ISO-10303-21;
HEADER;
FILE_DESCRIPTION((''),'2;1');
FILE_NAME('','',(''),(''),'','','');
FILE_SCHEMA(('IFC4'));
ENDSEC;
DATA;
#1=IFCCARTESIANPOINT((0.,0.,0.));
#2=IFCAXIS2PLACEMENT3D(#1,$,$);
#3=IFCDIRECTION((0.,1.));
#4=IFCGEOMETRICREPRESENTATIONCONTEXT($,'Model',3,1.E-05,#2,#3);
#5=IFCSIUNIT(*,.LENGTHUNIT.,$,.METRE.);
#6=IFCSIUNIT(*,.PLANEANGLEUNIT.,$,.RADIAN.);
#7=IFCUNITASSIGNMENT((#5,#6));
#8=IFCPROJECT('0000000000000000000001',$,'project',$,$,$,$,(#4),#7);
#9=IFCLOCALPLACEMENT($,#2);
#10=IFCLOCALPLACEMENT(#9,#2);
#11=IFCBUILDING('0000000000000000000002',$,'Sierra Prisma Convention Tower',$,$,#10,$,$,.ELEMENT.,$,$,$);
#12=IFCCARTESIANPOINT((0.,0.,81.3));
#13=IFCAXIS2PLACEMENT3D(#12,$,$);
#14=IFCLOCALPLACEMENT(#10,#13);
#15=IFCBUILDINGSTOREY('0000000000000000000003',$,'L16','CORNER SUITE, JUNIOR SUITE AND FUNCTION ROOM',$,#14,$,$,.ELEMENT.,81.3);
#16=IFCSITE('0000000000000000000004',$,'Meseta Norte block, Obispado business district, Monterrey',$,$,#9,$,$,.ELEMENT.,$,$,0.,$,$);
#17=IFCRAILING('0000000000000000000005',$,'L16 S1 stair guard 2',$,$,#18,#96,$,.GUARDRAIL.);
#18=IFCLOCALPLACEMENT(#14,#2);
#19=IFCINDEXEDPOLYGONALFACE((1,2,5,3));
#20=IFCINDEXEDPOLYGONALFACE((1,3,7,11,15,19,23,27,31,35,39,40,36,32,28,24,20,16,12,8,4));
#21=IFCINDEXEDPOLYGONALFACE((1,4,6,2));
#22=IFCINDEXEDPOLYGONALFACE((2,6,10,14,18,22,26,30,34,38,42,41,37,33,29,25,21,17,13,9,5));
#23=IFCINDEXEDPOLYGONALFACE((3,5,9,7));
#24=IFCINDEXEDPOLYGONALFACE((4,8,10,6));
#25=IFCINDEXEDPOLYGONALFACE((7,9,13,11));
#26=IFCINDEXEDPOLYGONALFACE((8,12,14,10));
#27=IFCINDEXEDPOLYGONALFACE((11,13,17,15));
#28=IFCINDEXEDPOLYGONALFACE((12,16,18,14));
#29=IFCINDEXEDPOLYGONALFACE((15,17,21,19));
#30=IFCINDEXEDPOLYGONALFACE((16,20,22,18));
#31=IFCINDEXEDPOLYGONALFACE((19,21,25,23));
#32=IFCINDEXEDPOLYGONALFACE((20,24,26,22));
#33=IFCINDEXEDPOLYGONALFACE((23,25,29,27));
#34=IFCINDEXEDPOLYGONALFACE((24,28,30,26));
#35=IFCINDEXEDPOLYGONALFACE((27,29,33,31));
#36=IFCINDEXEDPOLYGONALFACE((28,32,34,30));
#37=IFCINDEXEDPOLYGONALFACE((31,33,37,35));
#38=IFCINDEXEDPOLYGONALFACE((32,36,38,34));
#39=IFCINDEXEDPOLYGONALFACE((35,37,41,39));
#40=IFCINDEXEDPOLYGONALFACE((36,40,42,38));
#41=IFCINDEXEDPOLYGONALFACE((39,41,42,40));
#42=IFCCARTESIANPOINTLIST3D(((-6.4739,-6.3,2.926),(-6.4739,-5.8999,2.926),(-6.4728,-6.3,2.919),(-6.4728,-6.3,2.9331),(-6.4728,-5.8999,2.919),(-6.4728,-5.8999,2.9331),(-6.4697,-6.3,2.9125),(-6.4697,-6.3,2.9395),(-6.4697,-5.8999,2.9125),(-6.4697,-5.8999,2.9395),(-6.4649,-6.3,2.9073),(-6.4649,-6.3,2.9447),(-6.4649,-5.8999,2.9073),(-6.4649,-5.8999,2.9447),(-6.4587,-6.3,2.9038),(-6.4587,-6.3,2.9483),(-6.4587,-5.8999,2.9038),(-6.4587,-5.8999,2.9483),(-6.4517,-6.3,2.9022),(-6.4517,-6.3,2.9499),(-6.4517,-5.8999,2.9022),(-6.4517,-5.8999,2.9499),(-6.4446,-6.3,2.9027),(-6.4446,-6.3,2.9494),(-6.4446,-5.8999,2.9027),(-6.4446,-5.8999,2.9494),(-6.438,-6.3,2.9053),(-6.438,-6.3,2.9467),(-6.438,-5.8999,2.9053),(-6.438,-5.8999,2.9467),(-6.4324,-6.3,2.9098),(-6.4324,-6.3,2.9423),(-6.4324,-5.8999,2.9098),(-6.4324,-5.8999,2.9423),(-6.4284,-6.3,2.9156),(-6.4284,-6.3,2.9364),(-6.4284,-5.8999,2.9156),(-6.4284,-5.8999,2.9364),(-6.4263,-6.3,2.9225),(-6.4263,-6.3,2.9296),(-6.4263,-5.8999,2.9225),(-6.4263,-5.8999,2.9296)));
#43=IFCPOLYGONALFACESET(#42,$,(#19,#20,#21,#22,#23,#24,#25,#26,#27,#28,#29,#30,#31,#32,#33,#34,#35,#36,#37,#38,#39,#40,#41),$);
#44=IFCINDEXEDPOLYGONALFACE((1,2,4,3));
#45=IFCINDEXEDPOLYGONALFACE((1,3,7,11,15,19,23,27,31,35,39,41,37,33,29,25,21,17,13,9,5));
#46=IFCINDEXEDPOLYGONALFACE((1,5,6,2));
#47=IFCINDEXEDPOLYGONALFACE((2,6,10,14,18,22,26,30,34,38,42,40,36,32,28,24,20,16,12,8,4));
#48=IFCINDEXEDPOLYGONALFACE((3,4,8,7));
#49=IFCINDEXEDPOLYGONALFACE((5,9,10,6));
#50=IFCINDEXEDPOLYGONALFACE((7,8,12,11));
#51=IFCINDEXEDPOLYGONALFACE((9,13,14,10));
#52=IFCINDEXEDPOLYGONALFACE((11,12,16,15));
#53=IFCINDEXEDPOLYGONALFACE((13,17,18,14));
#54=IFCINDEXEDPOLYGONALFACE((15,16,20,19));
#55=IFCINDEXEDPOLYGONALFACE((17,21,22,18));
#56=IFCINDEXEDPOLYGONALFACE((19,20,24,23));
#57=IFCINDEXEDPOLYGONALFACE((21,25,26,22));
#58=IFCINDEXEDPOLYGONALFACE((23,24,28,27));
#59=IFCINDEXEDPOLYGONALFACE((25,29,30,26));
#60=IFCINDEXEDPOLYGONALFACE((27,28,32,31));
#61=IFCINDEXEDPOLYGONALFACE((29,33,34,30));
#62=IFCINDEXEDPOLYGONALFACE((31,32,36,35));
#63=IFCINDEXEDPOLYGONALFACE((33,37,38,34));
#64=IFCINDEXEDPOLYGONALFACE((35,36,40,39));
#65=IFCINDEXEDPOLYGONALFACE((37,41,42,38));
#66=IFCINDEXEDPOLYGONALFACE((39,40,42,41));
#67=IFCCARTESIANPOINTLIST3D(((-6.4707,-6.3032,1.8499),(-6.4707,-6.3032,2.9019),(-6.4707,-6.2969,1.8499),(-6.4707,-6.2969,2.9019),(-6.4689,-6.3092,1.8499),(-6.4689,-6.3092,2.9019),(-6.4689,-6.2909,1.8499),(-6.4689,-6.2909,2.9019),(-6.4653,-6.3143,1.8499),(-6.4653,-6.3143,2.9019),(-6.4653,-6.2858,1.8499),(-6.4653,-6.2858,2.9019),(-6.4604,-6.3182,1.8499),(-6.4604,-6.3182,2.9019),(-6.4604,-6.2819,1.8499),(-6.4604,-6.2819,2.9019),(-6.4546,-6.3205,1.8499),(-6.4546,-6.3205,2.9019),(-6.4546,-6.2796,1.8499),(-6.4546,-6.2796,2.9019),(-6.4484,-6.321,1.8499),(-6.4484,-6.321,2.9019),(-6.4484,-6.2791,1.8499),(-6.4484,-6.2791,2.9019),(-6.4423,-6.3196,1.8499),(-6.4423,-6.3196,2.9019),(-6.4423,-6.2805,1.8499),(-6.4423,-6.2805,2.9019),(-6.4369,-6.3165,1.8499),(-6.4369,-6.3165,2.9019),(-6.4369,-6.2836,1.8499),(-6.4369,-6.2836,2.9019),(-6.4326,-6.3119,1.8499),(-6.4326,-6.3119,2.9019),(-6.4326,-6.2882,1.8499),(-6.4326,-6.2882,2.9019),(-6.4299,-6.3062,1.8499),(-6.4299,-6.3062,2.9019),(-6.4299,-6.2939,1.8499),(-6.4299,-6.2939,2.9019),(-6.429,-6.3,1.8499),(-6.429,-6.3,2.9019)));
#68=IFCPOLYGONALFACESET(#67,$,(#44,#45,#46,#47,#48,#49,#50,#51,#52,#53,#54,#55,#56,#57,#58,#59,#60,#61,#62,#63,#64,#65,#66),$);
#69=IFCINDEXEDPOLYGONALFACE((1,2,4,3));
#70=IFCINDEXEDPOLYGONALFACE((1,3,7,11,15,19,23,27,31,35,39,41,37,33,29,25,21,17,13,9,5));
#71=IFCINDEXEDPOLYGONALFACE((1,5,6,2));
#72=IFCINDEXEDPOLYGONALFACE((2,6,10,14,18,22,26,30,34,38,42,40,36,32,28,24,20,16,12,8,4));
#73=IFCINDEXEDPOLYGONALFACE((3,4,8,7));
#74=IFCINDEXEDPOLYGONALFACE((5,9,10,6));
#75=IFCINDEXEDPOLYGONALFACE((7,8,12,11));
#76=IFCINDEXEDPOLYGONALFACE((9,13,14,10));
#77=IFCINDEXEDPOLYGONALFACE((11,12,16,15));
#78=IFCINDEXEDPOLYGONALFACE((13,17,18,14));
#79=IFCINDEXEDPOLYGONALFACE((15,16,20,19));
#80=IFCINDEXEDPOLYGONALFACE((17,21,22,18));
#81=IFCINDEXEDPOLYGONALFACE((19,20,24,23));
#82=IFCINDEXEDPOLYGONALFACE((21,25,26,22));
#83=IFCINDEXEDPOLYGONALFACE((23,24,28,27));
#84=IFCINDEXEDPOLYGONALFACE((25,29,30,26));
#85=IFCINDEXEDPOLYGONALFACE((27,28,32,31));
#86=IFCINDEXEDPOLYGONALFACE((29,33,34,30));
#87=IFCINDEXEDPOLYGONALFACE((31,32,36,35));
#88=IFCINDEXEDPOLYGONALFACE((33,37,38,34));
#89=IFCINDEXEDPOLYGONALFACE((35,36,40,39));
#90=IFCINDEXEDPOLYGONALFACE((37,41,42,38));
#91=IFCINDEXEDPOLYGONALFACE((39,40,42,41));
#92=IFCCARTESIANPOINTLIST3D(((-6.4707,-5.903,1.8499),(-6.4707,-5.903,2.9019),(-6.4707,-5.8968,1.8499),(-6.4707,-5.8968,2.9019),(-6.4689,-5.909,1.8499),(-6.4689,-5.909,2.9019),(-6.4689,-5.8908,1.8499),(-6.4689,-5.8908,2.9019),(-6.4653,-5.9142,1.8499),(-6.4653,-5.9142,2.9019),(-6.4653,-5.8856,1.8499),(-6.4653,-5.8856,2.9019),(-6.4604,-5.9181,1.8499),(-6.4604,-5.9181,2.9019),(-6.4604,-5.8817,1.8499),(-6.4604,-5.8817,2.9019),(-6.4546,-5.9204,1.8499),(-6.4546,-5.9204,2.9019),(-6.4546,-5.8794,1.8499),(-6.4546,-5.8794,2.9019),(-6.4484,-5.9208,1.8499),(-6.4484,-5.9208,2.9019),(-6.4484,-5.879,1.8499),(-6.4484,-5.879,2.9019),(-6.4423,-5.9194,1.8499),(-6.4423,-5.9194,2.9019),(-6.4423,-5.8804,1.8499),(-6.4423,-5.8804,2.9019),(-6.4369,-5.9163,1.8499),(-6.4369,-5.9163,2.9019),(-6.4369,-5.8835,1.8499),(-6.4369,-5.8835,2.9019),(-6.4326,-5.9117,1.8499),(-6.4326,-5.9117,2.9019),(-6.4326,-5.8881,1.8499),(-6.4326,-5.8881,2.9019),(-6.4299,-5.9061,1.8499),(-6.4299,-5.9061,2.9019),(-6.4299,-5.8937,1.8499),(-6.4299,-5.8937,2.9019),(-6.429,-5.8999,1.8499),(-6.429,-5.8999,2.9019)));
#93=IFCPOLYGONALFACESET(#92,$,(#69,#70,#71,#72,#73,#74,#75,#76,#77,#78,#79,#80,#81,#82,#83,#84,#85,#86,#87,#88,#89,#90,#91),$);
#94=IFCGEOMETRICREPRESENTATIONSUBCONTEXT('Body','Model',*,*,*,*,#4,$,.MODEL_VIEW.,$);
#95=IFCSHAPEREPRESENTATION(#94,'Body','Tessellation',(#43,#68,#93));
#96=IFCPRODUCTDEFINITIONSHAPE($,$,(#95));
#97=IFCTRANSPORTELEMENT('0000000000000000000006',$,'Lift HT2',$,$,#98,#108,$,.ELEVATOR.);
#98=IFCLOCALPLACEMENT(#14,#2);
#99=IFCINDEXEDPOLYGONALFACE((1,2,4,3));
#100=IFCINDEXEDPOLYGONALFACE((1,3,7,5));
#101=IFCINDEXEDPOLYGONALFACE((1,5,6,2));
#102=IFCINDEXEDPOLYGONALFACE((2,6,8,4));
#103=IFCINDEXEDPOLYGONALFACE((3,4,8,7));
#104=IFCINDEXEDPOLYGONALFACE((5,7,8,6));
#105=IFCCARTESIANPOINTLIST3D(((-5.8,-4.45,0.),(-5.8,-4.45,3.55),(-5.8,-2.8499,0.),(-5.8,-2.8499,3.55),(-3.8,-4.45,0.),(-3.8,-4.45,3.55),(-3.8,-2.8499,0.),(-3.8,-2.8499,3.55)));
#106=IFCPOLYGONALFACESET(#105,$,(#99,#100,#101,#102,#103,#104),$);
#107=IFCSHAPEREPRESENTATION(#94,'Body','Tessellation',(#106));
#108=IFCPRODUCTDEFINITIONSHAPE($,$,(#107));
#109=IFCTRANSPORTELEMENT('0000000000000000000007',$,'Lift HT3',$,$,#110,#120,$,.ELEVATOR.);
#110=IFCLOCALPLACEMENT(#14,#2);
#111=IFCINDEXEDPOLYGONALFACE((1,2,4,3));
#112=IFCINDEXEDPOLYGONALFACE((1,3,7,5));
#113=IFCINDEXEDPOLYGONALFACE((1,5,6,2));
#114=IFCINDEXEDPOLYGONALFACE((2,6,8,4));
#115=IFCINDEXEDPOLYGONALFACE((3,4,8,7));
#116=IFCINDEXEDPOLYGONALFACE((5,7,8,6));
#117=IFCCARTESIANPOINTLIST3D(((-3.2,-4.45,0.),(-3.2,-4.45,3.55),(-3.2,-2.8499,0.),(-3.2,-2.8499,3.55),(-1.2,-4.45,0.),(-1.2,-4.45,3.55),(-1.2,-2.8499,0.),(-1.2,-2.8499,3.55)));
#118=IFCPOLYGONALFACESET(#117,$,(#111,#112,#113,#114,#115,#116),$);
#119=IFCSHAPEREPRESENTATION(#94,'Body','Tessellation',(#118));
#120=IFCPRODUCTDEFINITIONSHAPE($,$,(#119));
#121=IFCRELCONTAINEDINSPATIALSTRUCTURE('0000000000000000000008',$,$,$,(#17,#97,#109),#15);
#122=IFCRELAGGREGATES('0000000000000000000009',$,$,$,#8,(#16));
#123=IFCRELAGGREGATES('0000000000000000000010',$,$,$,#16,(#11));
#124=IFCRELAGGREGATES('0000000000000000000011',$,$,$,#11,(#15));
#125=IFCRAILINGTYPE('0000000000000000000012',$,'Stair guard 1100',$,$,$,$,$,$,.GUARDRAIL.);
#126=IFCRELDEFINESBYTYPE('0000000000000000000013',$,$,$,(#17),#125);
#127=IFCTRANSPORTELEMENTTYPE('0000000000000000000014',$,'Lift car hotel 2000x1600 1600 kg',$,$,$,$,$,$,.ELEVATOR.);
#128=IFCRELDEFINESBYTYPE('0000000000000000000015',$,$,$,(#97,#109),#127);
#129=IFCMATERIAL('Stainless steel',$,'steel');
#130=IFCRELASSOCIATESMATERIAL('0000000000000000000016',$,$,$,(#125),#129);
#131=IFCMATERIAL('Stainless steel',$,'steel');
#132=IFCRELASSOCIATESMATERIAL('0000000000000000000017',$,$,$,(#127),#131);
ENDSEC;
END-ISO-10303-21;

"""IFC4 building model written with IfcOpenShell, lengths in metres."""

from ifc_helpers import new_model, si_unit, direction, frame, origin, origin_2d, place, context, subcontext, project, spatial, rectangle, circle, extrude, material, type_object, element, save


model = new_model("IFC4")

# Units and contexts
model_context = context("Model", 3, precision=1e-05, world=origin(), true_north=direction((0.0, 1.0)))
body_context = subcontext(model_context, "Body", "Model", "MODEL_VIEW")
ifc_project = project(units=[si_unit("LENGTHUNIT", "METRE"), si_unit("PLANEANGLEUNIT", "RADIAN")], contexts=[model_context])

# Site, building, storey
site_placement = place(None, origin())
site = spatial("IfcSite", under=ifc_project, at=site_placement, Name="Meseta Norte block, Obispado business district, Monterrey", CompositionType="ELEMENT", RefElevation=0.0)
building_placement = place(site_placement, origin())
building = spatial("IfcBuilding", under=site, at=building_placement, Name="Sierra Prisma Convention Tower", CompositionType="ELEMENT")
storey_placement = place(building_placement, frame((0.0, 0.0, 81.3)))
storey = spatial("IfcBuildingStorey", under=building, at=storey_placement, Name="L16", Description="CORNER SUITE, JUNIOR SUITE AND FUNCTION ROOM", CompositionType="ELEMENT", Elevation=81.3)

# Railing
ifc_material_1 = material(Name="Stainless steel", Category="steel")
railing_type_1 = type_object("IfcRailingType", Name="Stair guard 1100", PredefinedType="GUARDRAIL", material=ifc_material_1)
railing_1_placement = place(storey_placement, frame((-6.45, -6.3, 1.8499)))
element("IfcRailing", 1, at=railing_1_placement, inside=storey, type_object=railing_type_1, Name="L16 S1 stair guard 2", PredefinedType="GUARDRAIL", context=body_context, shape_type="SweptSolid", body=[
    extrude(circle(Radius=0.0239, at=origin_2d()), frame((0.0, 0.0, 1.0762), z_axis=(0.0, 1.0, 0.0), x_axis=(-1.0, 0.0, 0.0)), (0.0, 0.0, 1.0), 0.4001),
    extrude(circle(Radius=0.021, at=origin_2d()), origin(), (0.0, 0.0, 1.0), 1.052),
    extrude(circle(Radius=0.021, at=origin_2d()), frame((0.0, 0.4001, 0.0)), (0.0, 0.0, 1.0), 1.052),
])

# Transport elements
ifc_material_2 = material(Name="Stainless steel", Category="steel")
transport_element_type = type_object("IfcTransportElementType", Name="Lift car hotel 2000x1600 1600 kg", PredefinedType="ELEVATOR", material=ifc_material_2)
for number, where, z_axis, x_axis, name in (
    (2, (-4.8, -3.6499, 0.0), (0.0, 0.0, 1.0), (1.0, 0.0, 0.0), "Lift HT2"),
    (3, (-2.2, -3.6499, 0.0), (0.0, 0.0, 1.0), (1.0, 0.0, 0.0), "Lift HT3"),
):
    element("IfcTransportElement", number, at=place(storey_placement, frame(where, z_axis=z_axis, x_axis=x_axis)), inside=storey, type_object=transport_element_type, Name=name, PredefinedType="ELEVATOR", context=body_context, shape_type="SweptSolid", body=[
        extrude(rectangle(XDim=2.0, YDim=1.6001, at=origin_2d()), origin(), (0.0, 0.0, 1.0), 3.55),
    ])

save(model, "model.ifc")
